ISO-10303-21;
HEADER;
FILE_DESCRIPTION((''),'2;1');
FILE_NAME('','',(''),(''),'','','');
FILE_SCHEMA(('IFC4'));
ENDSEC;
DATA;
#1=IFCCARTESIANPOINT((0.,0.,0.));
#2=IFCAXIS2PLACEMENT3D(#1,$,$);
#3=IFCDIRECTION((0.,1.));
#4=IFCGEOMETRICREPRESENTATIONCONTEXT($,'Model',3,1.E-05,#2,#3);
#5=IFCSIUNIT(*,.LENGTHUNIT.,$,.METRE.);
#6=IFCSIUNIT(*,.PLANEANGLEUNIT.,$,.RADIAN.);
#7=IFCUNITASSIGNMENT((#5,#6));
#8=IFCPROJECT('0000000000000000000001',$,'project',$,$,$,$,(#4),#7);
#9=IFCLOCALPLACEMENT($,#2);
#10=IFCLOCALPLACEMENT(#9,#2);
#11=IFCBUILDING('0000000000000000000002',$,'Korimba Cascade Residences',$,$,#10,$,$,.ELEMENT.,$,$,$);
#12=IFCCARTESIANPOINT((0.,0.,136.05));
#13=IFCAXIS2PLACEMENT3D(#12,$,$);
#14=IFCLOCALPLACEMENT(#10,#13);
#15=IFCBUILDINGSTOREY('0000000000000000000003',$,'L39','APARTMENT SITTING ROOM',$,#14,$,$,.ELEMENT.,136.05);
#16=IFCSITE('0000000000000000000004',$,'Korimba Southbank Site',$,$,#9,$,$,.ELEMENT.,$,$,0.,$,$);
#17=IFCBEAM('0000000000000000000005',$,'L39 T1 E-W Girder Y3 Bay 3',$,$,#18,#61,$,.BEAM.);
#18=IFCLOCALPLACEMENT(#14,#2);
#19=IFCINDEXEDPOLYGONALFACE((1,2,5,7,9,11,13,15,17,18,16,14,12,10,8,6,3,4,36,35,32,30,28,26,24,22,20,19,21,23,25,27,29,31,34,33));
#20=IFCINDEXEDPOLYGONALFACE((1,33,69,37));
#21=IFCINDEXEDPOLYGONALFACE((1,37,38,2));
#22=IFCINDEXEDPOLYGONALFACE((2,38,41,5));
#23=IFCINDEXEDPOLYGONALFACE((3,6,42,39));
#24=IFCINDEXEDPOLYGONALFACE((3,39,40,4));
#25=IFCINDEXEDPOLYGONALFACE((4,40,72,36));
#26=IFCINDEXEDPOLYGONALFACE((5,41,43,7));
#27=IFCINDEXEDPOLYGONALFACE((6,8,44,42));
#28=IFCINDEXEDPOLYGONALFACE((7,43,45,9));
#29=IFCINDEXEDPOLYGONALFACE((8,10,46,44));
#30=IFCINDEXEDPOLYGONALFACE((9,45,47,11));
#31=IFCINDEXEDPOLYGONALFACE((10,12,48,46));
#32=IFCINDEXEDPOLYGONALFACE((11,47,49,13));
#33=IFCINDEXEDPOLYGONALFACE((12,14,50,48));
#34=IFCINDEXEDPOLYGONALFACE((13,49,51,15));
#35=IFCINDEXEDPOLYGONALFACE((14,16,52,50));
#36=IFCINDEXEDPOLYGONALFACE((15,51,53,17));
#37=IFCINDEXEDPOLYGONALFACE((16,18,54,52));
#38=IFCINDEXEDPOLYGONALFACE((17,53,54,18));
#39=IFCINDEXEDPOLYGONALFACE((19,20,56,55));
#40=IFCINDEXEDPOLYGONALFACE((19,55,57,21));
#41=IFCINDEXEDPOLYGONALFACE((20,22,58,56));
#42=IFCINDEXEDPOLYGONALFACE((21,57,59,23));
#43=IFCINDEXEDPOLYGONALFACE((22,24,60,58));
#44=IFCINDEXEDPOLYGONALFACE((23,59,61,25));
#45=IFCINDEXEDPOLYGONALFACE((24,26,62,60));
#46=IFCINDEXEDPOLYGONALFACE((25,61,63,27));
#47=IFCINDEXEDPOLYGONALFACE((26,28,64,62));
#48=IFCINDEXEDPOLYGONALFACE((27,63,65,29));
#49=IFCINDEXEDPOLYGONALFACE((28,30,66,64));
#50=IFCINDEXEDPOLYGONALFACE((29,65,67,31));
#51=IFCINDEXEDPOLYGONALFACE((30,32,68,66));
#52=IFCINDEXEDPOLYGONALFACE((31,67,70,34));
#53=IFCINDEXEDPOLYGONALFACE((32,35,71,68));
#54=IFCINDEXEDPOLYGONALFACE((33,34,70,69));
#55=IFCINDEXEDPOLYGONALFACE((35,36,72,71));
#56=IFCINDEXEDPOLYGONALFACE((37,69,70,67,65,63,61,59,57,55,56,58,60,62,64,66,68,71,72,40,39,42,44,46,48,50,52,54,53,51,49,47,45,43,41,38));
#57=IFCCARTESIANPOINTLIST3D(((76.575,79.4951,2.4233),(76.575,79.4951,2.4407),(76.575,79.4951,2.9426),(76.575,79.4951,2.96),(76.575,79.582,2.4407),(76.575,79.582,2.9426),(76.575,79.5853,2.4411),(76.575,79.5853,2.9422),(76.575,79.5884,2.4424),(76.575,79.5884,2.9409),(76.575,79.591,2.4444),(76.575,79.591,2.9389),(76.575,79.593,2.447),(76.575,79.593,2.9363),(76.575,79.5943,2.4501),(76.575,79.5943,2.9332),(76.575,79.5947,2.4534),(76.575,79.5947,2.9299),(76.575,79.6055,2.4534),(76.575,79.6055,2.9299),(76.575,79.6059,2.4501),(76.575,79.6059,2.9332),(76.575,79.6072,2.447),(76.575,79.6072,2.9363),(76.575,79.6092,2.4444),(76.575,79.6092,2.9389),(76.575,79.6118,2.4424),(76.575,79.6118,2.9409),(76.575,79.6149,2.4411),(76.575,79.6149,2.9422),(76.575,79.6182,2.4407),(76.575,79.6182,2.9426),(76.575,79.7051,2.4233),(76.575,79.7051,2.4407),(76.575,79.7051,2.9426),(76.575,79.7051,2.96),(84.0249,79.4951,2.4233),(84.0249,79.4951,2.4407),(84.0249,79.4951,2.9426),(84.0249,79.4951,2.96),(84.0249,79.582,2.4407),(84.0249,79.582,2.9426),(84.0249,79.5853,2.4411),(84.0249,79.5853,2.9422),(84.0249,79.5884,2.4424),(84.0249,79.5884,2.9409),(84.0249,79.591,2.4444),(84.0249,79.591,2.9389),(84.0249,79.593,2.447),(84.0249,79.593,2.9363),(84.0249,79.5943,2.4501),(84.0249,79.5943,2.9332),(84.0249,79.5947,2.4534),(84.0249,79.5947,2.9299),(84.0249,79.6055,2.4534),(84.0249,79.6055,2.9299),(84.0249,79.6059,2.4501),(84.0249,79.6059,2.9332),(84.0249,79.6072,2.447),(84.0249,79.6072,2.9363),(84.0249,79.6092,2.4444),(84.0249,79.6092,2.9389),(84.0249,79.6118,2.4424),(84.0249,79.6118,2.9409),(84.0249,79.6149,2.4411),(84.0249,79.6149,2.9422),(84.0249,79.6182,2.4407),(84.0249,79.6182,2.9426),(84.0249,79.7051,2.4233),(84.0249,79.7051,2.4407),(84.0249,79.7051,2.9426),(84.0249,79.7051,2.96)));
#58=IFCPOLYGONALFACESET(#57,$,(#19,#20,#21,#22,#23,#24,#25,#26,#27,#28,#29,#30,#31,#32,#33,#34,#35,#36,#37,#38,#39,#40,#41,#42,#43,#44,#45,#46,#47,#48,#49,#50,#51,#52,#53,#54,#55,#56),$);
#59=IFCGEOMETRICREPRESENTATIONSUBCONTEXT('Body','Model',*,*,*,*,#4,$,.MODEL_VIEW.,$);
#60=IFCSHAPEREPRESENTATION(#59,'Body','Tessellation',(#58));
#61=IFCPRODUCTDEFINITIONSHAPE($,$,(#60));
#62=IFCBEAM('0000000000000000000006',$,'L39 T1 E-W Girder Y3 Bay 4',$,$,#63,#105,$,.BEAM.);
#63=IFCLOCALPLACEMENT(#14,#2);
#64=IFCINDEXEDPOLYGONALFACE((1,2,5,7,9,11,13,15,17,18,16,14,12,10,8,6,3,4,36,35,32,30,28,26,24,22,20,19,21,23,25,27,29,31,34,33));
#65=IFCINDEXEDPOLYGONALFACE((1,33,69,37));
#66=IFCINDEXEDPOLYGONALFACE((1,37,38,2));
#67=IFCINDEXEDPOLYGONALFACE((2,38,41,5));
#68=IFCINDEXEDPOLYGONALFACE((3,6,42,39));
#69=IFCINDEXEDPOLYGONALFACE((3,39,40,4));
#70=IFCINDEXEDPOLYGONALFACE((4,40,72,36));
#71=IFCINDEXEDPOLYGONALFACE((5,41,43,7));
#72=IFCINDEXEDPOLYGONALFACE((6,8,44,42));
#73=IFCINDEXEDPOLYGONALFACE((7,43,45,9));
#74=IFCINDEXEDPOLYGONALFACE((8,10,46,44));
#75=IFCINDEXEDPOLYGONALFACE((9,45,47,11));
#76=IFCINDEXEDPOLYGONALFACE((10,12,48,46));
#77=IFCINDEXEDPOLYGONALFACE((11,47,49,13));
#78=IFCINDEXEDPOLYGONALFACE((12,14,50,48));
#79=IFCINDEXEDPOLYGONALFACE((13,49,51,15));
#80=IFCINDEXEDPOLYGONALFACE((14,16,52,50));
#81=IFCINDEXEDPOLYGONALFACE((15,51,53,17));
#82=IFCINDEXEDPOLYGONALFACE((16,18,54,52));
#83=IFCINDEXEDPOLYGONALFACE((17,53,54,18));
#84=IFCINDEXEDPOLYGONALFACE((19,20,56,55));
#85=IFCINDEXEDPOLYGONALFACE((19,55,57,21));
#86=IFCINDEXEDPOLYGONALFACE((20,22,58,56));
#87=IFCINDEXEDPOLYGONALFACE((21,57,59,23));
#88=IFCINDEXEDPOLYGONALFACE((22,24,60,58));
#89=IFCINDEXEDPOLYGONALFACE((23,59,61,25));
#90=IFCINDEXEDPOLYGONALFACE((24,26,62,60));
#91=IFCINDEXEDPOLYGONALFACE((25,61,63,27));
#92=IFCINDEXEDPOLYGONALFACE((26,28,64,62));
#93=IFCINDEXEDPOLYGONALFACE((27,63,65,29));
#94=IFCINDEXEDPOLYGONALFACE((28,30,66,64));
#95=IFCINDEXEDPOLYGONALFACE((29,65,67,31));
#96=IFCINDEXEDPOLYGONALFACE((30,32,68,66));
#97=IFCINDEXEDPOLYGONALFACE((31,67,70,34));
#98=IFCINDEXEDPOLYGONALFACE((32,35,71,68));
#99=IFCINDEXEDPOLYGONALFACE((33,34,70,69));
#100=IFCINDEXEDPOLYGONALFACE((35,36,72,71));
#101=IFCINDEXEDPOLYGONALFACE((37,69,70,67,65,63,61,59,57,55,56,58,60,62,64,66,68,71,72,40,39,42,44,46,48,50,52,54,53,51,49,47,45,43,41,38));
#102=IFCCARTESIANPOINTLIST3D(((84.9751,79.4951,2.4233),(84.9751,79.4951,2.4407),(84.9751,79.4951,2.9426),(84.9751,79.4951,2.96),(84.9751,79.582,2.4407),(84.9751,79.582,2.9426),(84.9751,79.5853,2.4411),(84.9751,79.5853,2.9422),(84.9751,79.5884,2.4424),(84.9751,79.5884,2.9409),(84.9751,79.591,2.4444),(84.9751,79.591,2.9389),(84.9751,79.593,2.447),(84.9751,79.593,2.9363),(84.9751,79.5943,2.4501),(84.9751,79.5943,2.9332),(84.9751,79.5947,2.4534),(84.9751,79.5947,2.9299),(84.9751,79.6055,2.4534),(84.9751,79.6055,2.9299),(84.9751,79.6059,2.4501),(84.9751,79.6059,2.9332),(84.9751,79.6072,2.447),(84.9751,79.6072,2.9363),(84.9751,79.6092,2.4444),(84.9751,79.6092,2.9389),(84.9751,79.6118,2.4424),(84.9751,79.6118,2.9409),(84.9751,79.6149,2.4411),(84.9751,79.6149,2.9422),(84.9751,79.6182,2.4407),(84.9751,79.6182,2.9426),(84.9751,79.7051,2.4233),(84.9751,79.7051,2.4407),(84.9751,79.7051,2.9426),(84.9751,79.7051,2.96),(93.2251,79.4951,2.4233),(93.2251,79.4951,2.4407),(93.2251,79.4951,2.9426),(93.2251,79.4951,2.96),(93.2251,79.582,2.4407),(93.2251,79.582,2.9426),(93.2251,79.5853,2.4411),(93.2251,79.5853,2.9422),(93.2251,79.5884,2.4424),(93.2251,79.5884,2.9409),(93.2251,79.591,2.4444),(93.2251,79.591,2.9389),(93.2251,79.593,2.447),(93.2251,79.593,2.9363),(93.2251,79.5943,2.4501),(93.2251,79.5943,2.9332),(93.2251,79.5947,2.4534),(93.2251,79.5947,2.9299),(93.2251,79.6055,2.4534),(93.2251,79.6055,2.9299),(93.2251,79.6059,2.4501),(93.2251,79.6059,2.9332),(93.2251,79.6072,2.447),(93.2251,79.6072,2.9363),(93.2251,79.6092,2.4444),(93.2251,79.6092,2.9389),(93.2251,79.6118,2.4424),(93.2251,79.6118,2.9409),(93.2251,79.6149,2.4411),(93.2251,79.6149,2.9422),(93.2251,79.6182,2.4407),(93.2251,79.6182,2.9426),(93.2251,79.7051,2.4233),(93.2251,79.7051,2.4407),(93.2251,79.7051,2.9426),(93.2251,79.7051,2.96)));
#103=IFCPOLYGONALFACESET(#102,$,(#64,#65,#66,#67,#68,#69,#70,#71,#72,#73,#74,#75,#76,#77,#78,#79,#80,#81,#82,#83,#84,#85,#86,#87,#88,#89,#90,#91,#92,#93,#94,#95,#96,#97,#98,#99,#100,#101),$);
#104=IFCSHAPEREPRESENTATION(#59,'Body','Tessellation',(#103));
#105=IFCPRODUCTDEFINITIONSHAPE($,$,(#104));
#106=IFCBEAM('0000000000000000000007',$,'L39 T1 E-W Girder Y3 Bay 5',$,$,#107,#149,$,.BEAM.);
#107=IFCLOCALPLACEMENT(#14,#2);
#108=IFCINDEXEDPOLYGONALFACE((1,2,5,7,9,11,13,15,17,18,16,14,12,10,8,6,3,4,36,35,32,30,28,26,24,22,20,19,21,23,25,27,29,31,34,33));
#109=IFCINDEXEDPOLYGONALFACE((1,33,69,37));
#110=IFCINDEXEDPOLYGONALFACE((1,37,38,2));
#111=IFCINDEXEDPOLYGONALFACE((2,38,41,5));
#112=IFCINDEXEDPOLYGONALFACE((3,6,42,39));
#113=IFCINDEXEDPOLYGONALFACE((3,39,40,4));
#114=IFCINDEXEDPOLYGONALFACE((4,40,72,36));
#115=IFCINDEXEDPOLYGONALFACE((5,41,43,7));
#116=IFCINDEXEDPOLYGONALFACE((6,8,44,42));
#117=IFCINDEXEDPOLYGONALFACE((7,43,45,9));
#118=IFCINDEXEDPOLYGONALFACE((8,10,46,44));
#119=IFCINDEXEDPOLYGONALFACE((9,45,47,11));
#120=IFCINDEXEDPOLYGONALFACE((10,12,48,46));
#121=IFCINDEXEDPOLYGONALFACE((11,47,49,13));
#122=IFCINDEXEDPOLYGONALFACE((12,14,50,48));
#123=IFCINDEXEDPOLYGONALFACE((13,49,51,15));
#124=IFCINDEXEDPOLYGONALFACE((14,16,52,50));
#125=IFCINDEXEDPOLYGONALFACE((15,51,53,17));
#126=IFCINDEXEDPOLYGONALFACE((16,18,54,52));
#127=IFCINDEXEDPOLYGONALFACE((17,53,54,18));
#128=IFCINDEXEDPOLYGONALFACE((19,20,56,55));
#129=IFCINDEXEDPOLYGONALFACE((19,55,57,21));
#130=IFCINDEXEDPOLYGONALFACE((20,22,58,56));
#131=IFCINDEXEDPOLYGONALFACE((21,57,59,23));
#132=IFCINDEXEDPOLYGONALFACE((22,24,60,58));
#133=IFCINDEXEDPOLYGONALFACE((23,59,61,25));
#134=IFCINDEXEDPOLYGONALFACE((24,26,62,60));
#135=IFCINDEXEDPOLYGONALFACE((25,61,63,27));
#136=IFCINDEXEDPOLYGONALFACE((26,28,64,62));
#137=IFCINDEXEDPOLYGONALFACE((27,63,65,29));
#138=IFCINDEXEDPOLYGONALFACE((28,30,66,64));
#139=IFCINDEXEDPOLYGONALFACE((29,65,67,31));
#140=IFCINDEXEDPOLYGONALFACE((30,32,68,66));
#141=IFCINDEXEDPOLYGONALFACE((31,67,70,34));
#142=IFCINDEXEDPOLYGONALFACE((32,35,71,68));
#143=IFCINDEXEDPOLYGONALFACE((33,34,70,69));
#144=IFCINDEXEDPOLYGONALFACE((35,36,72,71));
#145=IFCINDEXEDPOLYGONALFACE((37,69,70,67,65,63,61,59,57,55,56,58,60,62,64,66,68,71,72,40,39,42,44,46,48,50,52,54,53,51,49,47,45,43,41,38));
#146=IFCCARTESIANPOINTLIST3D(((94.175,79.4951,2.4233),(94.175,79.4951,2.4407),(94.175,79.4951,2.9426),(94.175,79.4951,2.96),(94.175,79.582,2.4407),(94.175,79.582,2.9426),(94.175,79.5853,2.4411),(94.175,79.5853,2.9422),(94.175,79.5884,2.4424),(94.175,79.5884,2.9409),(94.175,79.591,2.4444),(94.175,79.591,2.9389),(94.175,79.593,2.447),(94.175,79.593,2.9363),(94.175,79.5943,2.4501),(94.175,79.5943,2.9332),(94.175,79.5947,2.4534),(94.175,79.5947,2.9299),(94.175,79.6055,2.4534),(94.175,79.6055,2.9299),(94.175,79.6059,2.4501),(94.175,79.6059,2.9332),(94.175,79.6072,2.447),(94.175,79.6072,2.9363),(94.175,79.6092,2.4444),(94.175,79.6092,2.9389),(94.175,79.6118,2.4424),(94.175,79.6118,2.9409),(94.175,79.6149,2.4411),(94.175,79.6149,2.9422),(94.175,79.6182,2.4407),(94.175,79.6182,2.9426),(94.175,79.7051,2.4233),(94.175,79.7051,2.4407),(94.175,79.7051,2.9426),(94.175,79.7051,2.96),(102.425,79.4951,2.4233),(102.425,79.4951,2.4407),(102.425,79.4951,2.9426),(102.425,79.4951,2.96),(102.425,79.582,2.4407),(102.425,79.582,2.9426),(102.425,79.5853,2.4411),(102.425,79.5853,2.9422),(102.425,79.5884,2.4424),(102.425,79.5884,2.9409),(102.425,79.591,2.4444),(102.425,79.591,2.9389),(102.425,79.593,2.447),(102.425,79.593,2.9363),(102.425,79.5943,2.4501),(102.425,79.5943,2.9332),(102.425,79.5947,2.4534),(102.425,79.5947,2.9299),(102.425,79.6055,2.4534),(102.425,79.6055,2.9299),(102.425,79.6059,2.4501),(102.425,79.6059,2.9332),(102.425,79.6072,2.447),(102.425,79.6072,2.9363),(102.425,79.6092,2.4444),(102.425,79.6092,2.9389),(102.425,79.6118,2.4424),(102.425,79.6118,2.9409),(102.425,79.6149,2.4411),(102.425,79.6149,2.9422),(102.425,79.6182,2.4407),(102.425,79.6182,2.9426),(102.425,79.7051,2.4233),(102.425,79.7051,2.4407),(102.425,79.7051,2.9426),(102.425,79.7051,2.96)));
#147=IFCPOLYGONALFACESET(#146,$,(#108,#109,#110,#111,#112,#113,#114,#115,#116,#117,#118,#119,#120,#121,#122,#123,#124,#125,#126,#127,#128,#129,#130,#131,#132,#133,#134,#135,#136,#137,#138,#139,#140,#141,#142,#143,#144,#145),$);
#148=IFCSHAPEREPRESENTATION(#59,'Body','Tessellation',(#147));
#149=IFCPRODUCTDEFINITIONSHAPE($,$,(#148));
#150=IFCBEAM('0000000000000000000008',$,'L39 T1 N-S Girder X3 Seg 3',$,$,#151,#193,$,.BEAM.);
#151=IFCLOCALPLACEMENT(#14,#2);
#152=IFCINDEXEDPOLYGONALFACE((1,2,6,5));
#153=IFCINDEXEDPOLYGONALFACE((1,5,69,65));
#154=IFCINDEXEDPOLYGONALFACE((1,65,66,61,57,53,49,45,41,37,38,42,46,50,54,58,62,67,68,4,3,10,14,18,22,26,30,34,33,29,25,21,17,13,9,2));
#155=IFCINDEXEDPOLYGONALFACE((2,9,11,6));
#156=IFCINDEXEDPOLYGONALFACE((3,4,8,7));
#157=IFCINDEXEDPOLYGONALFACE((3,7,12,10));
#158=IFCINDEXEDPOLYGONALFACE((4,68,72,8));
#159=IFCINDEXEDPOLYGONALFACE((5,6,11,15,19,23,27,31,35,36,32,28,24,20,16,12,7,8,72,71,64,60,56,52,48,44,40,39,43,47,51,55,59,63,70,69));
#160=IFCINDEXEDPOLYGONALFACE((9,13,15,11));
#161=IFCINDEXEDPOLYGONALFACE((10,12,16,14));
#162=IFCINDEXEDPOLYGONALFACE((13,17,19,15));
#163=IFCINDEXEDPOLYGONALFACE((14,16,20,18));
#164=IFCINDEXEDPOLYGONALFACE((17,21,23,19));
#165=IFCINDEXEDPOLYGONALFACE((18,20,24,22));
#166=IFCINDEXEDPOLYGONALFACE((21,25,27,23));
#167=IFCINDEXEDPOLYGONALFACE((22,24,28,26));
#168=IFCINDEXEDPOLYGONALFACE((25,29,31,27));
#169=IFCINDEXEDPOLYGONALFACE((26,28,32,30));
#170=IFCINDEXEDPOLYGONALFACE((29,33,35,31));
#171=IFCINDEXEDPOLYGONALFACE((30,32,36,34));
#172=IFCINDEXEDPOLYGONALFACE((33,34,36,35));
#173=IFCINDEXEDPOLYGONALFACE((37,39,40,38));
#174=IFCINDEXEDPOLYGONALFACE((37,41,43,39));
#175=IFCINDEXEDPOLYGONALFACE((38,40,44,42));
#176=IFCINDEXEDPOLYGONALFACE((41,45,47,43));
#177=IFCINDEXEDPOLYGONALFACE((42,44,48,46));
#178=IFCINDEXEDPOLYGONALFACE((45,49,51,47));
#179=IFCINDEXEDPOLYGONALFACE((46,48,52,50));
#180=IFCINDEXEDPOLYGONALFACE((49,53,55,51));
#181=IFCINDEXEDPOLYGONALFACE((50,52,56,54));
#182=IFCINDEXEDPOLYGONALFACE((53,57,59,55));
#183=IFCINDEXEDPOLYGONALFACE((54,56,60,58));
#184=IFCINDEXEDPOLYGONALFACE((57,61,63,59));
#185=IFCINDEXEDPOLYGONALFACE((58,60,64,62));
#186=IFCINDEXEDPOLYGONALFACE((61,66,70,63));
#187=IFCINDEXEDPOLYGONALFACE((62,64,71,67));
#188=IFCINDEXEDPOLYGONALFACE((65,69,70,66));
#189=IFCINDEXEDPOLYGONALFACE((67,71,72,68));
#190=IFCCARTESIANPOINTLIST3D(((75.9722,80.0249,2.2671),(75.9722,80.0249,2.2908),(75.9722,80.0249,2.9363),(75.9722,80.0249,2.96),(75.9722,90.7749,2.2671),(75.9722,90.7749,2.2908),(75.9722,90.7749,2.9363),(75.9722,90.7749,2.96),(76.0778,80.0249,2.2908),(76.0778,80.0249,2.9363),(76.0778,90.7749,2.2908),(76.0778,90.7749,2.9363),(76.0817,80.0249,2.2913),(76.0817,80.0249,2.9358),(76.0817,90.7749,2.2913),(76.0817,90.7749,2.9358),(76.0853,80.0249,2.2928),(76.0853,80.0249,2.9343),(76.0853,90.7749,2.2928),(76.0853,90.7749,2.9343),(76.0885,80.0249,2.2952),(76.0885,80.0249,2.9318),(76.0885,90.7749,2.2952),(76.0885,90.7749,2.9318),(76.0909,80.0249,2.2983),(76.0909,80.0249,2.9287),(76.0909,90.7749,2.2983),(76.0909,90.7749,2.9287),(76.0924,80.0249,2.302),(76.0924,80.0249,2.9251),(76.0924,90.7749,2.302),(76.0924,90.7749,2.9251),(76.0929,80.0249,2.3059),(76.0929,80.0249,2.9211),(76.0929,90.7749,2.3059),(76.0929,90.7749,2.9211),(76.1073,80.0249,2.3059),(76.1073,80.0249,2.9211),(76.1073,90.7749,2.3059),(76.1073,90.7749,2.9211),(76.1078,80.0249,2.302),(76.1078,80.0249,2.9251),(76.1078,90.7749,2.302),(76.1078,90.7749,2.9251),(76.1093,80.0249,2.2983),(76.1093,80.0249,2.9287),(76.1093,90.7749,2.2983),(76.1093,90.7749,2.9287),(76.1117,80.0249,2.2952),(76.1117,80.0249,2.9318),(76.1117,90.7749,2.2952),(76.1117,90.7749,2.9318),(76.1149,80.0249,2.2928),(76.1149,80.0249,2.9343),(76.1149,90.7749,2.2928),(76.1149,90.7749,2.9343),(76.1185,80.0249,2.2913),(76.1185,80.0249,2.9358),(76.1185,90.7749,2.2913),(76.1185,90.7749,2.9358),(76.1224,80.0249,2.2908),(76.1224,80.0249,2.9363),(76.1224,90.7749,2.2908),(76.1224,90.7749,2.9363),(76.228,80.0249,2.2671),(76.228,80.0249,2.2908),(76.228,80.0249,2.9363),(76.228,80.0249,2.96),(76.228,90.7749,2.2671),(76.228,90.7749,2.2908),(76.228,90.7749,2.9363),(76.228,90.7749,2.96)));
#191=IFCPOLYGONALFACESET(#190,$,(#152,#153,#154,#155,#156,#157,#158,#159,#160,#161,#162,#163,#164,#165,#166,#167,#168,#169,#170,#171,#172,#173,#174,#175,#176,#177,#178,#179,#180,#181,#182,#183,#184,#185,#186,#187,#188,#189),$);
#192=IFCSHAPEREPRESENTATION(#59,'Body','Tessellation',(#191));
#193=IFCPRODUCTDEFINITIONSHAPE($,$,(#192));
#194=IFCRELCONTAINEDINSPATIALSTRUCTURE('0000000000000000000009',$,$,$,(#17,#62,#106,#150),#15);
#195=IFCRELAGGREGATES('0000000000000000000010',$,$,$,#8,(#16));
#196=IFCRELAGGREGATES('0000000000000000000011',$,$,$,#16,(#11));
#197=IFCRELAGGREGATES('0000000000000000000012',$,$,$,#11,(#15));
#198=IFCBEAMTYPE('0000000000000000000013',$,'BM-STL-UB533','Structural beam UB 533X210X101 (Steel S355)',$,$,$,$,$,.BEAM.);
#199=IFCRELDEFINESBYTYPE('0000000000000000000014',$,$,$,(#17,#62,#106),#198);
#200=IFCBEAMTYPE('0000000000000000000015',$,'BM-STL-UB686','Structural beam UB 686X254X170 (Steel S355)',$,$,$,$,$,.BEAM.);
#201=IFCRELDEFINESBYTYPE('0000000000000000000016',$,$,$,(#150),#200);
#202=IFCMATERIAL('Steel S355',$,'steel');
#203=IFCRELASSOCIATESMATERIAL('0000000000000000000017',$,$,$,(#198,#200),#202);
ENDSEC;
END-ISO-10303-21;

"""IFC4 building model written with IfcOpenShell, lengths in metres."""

from ifc_helpers import new_model, si_unit, direction, frame, origin, origin_2d, place, context, subcontext, project, spatial, i_section, extrude, material, material_profile, profile_set, type_object, element, save


model = new_model("IFC4")

# Units and contexts
model_context = context("Model", 3, precision=1e-05, world=origin(), true_north=direction((0.0, 1.0)))
body_context = subcontext(model_context, "Body", "Model", "MODEL_VIEW")
ifc_project = project(units=[si_unit("LENGTHUNIT", "METRE"), si_unit("PLANEANGLEUNIT", "RADIAN")], contexts=[model_context])

# Site, building, storey
site_placement = place(None, origin())
site = spatial("IfcSite", under=ifc_project, at=site_placement, Name="Korimba Southbank Site", CompositionType="ELEMENT", RefElevation=0.0)
building_placement = place(site_placement, origin())
building = spatial("IfcBuilding", under=site, at=building_placement, Name="Korimba Cascade Residences", CompositionType="ELEMENT")
storey_placement = place(building_placement, frame((0.0, 0.0, 136.05)))
storey = spatial("IfcBuildingStorey", under=building, at=storey_placement, Name="L39", Description="APARTMENT SITTING ROOM", CompositionType="ELEMENT", Elevation=136.05)

# Beams
ifc_material_1 = material(Name="Steel S355", Category="steel")
ifc_material_profile_1 = material_profile(ifc_material_1, i_section(OverallWidth=0.21, OverallDepth=0.5366, WebThickness=0.0107, FlangeThickness=0.0173, FilletRadius=0.0127, at=origin_2d()), Name="Steel S355")
ifc_profile_set_1 = profile_set([ifc_material_profile_1], Name="Steel S355")
beam_type_1 = type_object("IfcBeamType", Name="BM-STL-UB533", Description="Structural beam UB 533X210X101 (Steel S355)", PredefinedType="BEAM", material=ifc_profile_set_1)
beam_1_placement = place(storey_placement, frame((76.575, 79.6001, 2.6917), z_axis=(1.0, 0.0, 0.0), x_axis=(0.0, 1.0, 0.0)))
element("IfcBeam", 1, at=beam_1_placement, inside=storey, type_object=beam_type_1, Name="L39 T1 E-W Girder Y3 Bay 3", PredefinedType="BEAM", context=body_context, shape_type="SweptSolid", body=[
    extrude(i_section(OverallWidth=0.21, OverallDepth=0.5366, WebThickness=0.0107, FlangeThickness=0.0173, FilletRadius=0.0127, at=origin_2d()), origin(), (0.0, 0.0, 1.0), 7.45),
])
for number, where, z_axis, x_axis, name in (
    (2, (84.9751, 79.6001, 2.6917), (1.0, 0.0, 0.0), (0.0, 1.0, 0.0), "L39 T1 E-W Girder Y3 Bay 4"),
    (3, (94.175, 79.6001, 2.6917), (1.0, 0.0, 0.0), (0.0, 1.0, 0.0), "L39 T1 E-W Girder Y3 Bay 5"),
):
    element("IfcBeam", number, at=place(storey_placement, frame(where, z_axis=z_axis, x_axis=x_axis)), inside=storey, type_object=beam_type_1, Name=name, PredefinedType="BEAM", context=body_context, shape_type="SweptSolid", body=[
        extrude(i_section(OverallWidth=0.21, OverallDepth=0.5366, WebThickness=0.0107, FlangeThickness=0.0173, FilletRadius=0.0127, at=origin_2d()), origin(), (0.0, 0.0, 1.0), 8.25),
    ])
ifc_material_profile_2 = material_profile(ifc_material_1, i_section(OverallWidth=0.2559, OverallDepth=0.6929, WebThickness=0.0144, FlangeThickness=0.0237, FilletRadius=0.0151, at=origin_2d()), Name="Steel S355")
ifc_profile_set_2 = profile_set([ifc_material_profile_2], Name="Steel S355")
beam_type_2 = type_object("IfcBeamType", Name="BM-STL-UB686", Description="Structural beam UB 686X254X170 (Steel S355)", PredefinedType="BEAM", material=ifc_profile_set_2)
beam_2_placement = place(storey_placement, frame((76.1001, 80.0249, 2.6135), z_axis=(0.0, 1.0, 0.0), x_axis=(-1.0, 0.0, 0.0)))
element("IfcBeam", 4, at=beam_2_placement, inside=storey, type_object=beam_type_2, Name="L39 T1 N-S Girder X3 Seg 3", PredefinedType="BEAM", context=body_context, shape_type="SweptSolid", body=[
    extrude(i_section(OverallWidth=0.2559, OverallDepth=0.6929, WebThickness=0.0144, FlangeThickness=0.0237, FilletRadius=0.0151, at=origin_2d()), origin(), (0.0, 0.0, 1.0), 10.75),
])

save(model, "model.ifc")
